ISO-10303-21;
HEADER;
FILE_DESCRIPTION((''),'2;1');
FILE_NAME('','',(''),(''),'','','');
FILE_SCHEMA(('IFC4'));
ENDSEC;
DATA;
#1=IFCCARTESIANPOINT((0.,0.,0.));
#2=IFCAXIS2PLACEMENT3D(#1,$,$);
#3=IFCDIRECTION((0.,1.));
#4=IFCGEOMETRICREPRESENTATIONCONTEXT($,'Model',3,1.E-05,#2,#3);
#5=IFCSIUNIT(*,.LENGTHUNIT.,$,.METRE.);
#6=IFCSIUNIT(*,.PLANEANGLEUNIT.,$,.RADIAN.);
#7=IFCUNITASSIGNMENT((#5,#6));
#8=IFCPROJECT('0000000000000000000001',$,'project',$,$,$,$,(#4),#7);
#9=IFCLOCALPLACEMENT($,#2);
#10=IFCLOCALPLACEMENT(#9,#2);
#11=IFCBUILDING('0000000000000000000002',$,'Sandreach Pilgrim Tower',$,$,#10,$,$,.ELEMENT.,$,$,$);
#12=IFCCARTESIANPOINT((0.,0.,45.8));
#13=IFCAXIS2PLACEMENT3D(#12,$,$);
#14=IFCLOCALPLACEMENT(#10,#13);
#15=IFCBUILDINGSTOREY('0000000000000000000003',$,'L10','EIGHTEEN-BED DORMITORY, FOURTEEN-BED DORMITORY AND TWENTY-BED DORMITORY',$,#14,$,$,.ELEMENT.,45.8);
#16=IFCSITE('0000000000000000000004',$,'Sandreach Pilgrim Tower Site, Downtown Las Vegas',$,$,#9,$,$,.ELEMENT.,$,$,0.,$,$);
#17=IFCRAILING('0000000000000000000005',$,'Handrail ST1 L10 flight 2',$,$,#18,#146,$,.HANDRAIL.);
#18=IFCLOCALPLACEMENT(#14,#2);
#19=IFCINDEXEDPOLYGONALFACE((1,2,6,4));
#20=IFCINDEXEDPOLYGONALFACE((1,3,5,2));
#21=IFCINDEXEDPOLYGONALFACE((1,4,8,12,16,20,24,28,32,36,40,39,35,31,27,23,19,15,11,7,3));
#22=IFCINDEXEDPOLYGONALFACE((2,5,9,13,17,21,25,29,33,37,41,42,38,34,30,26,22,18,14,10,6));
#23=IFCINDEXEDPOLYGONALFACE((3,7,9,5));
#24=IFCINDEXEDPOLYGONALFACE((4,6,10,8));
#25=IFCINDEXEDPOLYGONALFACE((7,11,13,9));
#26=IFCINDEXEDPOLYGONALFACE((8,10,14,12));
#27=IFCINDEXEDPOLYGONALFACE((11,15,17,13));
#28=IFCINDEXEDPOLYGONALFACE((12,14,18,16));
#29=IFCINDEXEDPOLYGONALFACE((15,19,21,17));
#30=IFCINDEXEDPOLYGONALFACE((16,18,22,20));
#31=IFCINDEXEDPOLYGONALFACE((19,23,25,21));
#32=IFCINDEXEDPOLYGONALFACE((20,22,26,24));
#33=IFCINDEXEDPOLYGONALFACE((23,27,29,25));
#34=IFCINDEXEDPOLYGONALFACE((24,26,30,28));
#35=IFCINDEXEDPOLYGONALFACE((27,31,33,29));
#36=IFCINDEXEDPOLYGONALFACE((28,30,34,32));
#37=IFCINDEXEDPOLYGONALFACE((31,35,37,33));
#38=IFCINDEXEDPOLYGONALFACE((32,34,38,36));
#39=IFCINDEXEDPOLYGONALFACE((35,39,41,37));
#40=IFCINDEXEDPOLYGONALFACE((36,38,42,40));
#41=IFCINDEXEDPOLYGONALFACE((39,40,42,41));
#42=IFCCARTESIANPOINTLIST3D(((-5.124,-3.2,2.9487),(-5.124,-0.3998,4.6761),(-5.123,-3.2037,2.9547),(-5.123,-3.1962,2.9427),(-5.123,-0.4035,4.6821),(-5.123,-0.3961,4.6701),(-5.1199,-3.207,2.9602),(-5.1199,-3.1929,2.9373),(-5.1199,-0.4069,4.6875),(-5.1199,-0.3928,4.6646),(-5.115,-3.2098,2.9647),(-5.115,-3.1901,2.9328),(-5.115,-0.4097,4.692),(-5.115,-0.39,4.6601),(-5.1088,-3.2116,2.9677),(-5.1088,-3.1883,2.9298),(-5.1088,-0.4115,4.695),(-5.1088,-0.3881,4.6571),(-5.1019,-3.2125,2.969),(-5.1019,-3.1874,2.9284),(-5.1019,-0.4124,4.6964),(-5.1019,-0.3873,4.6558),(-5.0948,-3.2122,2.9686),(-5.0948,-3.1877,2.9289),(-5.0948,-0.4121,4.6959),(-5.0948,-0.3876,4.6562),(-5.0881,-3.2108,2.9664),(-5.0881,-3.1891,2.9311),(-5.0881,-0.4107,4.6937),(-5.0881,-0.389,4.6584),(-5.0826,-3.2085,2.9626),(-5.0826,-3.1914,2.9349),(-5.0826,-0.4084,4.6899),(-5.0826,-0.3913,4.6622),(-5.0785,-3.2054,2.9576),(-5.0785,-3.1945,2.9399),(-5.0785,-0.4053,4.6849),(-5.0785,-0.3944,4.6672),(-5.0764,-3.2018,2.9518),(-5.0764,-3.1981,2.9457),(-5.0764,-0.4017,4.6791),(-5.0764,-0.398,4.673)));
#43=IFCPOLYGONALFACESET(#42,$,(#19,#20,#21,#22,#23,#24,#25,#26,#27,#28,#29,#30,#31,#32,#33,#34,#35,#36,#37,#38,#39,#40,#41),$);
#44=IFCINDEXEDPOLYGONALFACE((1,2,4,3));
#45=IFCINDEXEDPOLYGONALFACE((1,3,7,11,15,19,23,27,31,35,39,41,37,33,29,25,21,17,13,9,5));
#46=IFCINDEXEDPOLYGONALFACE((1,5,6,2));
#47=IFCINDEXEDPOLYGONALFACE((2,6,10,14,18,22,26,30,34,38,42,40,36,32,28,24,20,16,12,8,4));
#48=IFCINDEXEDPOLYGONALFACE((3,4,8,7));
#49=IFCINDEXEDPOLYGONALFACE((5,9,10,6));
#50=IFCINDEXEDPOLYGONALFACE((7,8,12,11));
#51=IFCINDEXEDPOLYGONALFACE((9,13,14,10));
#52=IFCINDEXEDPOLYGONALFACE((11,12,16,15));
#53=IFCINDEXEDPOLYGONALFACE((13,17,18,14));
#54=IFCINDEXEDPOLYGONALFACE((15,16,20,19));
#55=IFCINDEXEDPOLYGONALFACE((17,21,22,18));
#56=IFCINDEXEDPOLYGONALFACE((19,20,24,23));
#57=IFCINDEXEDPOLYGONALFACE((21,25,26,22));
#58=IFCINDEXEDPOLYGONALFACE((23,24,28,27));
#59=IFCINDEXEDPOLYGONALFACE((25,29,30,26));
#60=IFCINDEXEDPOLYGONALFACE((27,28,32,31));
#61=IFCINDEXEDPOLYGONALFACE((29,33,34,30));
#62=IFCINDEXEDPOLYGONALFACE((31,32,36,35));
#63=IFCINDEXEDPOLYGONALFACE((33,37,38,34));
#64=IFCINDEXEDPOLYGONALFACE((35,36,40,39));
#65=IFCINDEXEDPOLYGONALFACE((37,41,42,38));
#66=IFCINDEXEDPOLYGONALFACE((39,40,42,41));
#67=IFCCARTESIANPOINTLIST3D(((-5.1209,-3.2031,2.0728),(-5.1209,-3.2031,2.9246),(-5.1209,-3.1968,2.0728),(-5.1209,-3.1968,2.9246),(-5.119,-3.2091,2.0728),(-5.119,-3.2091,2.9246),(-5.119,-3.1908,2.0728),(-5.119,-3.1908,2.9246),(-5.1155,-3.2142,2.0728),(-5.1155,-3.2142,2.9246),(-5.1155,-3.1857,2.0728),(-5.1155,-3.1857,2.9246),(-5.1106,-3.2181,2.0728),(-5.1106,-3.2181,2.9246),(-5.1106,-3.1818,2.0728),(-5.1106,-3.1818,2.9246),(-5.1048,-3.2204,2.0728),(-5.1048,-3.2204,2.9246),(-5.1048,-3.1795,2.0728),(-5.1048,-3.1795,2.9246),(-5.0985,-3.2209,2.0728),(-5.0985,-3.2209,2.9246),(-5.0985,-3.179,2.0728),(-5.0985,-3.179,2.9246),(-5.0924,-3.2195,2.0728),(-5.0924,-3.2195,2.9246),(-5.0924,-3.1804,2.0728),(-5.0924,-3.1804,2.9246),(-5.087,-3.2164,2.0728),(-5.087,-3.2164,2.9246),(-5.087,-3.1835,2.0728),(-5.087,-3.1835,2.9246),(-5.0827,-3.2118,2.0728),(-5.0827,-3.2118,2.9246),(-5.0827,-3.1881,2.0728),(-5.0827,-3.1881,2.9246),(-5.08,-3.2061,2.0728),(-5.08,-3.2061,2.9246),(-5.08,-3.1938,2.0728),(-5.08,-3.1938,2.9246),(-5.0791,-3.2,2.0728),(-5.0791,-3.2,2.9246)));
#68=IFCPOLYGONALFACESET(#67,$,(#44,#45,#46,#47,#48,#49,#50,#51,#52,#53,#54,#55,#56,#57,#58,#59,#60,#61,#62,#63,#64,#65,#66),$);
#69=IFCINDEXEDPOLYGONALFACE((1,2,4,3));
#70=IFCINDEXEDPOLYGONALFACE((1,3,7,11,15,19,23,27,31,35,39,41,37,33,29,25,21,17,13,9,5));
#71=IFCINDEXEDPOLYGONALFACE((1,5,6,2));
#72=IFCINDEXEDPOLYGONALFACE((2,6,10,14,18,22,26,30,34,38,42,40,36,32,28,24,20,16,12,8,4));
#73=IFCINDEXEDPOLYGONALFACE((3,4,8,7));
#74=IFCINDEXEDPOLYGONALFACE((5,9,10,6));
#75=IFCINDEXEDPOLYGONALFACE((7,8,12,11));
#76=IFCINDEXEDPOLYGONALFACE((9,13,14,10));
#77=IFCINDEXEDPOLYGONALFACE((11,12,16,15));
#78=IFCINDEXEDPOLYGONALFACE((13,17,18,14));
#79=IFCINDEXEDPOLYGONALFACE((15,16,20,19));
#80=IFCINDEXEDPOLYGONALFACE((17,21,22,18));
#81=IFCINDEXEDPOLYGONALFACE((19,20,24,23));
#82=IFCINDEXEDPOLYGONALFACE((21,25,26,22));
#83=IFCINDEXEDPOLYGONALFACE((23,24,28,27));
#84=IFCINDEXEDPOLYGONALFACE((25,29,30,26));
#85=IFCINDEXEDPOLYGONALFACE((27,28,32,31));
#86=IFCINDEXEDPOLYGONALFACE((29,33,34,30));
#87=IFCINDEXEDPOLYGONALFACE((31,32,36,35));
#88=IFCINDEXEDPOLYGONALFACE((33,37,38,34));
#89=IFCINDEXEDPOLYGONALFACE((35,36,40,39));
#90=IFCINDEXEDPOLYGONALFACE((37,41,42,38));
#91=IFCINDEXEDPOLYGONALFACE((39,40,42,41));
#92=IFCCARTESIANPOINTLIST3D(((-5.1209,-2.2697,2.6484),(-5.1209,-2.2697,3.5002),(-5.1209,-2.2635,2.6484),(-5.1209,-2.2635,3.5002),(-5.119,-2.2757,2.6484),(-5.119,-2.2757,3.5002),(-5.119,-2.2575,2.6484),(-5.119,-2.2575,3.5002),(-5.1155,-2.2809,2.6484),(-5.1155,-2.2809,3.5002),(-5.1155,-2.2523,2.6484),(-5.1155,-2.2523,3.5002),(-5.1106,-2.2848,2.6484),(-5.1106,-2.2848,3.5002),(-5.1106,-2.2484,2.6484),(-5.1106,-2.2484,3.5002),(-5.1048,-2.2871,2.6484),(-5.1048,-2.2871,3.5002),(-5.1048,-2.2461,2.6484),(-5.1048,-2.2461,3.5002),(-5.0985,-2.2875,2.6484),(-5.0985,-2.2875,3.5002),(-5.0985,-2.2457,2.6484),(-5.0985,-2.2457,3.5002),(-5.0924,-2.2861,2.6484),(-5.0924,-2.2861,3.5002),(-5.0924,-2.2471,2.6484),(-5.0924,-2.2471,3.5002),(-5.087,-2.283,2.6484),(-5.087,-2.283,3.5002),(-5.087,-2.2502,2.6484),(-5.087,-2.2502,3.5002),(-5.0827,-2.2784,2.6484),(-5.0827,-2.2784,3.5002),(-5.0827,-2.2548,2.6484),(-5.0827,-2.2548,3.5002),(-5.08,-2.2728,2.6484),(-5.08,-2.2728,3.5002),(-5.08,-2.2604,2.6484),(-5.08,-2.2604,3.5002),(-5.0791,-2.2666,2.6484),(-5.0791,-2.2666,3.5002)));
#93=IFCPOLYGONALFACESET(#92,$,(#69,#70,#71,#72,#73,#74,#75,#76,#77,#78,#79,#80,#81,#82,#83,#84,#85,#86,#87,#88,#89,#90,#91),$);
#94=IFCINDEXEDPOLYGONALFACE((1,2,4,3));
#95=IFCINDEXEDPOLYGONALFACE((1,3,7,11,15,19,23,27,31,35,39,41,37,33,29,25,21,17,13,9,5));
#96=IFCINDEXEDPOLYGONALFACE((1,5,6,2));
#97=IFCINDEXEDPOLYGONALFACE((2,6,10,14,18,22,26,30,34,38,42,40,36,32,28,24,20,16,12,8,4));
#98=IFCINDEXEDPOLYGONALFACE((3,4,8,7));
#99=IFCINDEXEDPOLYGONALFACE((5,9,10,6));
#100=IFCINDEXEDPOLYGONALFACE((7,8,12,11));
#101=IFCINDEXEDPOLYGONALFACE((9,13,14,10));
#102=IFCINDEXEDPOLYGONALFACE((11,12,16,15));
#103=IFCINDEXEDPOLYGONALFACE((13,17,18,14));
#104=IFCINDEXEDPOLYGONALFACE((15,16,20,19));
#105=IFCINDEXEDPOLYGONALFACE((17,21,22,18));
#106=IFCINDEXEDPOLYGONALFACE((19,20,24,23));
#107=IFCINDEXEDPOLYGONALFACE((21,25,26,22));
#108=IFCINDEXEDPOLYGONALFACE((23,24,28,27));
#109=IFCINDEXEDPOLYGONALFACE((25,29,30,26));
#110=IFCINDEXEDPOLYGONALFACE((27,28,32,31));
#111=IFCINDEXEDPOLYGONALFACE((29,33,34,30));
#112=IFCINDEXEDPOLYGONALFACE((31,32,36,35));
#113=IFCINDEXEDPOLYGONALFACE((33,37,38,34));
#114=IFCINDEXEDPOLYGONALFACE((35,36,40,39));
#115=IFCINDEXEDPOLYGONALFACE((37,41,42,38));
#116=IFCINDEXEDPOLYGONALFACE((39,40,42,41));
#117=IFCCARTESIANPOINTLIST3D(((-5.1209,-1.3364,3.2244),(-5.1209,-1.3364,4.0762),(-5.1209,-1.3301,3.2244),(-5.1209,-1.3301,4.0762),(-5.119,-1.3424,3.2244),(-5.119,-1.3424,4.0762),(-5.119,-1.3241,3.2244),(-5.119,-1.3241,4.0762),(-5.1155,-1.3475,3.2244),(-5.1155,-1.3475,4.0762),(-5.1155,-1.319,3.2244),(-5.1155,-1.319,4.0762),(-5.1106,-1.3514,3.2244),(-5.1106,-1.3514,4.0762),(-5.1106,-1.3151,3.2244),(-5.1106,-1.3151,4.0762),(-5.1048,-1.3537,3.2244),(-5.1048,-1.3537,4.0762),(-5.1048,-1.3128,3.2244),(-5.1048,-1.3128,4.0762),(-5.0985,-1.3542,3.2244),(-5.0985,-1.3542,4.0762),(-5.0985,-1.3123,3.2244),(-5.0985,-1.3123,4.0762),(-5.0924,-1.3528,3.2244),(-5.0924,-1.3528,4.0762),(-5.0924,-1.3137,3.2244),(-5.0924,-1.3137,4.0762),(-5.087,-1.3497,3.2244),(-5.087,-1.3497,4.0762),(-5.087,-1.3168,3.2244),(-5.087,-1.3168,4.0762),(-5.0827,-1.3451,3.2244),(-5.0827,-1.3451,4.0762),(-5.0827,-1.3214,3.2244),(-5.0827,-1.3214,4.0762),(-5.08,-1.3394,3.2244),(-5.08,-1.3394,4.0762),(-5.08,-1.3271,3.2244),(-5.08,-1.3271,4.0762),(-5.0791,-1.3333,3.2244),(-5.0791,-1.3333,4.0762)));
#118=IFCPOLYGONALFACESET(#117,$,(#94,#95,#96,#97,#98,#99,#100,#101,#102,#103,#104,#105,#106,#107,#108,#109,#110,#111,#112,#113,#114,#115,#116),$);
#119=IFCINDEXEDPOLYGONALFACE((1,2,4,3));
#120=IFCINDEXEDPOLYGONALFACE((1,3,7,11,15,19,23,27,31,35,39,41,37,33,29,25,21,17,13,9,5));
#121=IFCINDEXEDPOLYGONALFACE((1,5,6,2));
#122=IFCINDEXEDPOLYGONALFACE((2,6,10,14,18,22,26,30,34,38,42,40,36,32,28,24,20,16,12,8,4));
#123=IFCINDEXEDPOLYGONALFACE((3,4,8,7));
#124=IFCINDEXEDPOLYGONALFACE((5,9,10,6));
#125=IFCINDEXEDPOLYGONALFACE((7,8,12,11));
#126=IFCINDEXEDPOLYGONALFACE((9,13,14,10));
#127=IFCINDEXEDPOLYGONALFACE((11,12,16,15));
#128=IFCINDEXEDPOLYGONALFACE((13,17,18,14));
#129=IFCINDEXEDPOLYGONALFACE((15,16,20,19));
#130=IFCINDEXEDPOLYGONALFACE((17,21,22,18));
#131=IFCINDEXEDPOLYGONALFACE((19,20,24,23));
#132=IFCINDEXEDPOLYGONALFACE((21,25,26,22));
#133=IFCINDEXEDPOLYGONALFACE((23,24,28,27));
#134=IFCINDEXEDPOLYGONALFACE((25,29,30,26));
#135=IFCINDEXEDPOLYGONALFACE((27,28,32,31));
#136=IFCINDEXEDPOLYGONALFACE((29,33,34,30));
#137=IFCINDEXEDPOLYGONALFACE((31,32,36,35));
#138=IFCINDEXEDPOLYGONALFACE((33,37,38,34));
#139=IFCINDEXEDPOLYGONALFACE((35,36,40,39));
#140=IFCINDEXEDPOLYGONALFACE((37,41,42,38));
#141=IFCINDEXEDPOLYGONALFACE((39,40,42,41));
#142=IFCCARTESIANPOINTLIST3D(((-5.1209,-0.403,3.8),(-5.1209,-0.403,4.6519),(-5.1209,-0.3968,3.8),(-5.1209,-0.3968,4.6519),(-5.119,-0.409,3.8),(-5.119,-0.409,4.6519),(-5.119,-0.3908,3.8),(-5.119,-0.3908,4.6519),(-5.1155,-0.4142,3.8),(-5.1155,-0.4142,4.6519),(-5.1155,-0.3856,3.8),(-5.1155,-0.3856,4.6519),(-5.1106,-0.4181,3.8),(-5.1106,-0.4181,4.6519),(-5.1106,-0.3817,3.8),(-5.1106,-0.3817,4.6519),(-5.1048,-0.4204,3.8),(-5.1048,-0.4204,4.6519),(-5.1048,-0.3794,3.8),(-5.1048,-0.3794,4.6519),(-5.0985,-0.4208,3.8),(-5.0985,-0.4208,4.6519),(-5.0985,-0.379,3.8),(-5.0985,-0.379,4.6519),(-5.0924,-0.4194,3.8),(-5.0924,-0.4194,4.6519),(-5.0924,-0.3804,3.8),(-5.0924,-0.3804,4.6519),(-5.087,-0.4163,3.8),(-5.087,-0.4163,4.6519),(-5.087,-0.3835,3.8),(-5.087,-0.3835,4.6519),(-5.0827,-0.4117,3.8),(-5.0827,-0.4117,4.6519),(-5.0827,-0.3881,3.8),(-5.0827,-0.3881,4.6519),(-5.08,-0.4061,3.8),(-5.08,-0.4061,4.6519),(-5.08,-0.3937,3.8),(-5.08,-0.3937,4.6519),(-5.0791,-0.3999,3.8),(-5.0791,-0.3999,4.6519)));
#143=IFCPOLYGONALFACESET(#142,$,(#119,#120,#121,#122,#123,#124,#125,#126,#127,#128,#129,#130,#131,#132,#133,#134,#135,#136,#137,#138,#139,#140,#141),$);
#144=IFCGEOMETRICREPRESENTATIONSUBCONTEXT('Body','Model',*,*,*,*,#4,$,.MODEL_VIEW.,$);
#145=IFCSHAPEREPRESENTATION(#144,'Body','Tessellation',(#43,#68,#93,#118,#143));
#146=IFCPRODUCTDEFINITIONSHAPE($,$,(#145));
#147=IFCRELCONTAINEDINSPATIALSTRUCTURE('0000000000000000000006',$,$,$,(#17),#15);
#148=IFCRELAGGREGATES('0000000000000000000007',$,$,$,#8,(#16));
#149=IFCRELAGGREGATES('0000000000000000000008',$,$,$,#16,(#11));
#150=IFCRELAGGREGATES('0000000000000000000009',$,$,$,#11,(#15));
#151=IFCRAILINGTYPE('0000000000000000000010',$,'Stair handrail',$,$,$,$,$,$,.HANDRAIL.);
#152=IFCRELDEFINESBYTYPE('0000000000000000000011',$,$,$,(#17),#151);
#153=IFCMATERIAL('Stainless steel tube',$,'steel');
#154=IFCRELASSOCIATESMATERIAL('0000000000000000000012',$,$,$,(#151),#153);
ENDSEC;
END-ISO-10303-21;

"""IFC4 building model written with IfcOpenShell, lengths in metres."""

from ifc_helpers import new_model, si_unit, direction, frame, origin, origin_2d, place, context, subcontext, project, spatial, circle, extrude, material, type_object, element, save


model = new_model("IFC4")

# Units and contexts
model_context = context("Model", 3, precision=1e-05, world=origin(), true_north=direction((0.0, 1.0)))
body_context = subcontext(model_context, "Body", "Model", "MODEL_VIEW")
ifc_project = project(units=[si_unit("LENGTHUNIT", "METRE"), si_unit("PLANEANGLEUNIT", "RADIAN")], contexts=[model_context])

# Site, building, storey
site_placement = place(None, origin())
site = spatial("IfcSite", under=ifc_project, at=site_placement, Name="Sandreach Pilgrim Tower Site, Downtown Las Vegas", CompositionType="ELEMENT", RefElevation=0.0)
building_placement = place(site_placement, origin())
building = spatial("IfcBuilding", under=site, at=building_placement, Name="Sandreach Pilgrim Tower", CompositionType="ELEMENT")
storey_placement = place(building_placement, frame((0.0, 0.0, 45.8)))
storey = spatial("IfcBuildingStorey", under=building, at=storey_placement, Name="L10", Description="EIGHTEEN-BED DORMITORY, FOURTEEN-BED DORMITORY AND TWENTY-BED DORMITORY", CompositionType="ELEMENT", Elevation=45.8)

# Railing
ifc_material_1 = material(Name="Stainless steel tube", Category="steel")
railing_type = type_object("IfcRailingType", Name="Stair handrail", PredefinedType="HANDRAIL", material=ifc_material_1)
for number, where, name in (
    (1, (-5.1001, -3.2, 2.0728), "Handrail ST1 L10 flight 2"),
):
    element("IfcRailing", number, at=place(storey_placement, frame(where)), inside=storey, type_object=railing_type, Name=name, PredefinedType="HANDRAIL", context=body_context, shape_type="SweptSolid", body=[
        extrude(circle(Radius=0.0239, at=origin_2d()), frame((0.0, 0.0, 0.876), z_axis=(0.0, 0.85109, 0.52502), x_axis=(-1.0, 0.0, 0.0)), (0.0, 0.0, 1.0), 3.29),
        extrude(circle(Radius=0.021, at=origin_2d()), origin(), (0.0, 0.0, 1.0), 0.8518),
        extrude(circle(Radius=0.021, at=origin_2d()), frame((0.0, 0.9333, 0.5757)), (0.0, 0.0, 1.0), 0.8518),
        extrude(circle(Radius=0.021, at=origin_2d()), frame((0.0, 1.8667, 1.1516)), (0.0, 0.0, 1.0), 0.8518),
        extrude(circle(Radius=0.021, at=origin_2d()), frame((0.0, 2.8, 1.7273)), (0.0, 0.0, 1.0), 0.8518),
    ])

save(model, "model.ifc")
